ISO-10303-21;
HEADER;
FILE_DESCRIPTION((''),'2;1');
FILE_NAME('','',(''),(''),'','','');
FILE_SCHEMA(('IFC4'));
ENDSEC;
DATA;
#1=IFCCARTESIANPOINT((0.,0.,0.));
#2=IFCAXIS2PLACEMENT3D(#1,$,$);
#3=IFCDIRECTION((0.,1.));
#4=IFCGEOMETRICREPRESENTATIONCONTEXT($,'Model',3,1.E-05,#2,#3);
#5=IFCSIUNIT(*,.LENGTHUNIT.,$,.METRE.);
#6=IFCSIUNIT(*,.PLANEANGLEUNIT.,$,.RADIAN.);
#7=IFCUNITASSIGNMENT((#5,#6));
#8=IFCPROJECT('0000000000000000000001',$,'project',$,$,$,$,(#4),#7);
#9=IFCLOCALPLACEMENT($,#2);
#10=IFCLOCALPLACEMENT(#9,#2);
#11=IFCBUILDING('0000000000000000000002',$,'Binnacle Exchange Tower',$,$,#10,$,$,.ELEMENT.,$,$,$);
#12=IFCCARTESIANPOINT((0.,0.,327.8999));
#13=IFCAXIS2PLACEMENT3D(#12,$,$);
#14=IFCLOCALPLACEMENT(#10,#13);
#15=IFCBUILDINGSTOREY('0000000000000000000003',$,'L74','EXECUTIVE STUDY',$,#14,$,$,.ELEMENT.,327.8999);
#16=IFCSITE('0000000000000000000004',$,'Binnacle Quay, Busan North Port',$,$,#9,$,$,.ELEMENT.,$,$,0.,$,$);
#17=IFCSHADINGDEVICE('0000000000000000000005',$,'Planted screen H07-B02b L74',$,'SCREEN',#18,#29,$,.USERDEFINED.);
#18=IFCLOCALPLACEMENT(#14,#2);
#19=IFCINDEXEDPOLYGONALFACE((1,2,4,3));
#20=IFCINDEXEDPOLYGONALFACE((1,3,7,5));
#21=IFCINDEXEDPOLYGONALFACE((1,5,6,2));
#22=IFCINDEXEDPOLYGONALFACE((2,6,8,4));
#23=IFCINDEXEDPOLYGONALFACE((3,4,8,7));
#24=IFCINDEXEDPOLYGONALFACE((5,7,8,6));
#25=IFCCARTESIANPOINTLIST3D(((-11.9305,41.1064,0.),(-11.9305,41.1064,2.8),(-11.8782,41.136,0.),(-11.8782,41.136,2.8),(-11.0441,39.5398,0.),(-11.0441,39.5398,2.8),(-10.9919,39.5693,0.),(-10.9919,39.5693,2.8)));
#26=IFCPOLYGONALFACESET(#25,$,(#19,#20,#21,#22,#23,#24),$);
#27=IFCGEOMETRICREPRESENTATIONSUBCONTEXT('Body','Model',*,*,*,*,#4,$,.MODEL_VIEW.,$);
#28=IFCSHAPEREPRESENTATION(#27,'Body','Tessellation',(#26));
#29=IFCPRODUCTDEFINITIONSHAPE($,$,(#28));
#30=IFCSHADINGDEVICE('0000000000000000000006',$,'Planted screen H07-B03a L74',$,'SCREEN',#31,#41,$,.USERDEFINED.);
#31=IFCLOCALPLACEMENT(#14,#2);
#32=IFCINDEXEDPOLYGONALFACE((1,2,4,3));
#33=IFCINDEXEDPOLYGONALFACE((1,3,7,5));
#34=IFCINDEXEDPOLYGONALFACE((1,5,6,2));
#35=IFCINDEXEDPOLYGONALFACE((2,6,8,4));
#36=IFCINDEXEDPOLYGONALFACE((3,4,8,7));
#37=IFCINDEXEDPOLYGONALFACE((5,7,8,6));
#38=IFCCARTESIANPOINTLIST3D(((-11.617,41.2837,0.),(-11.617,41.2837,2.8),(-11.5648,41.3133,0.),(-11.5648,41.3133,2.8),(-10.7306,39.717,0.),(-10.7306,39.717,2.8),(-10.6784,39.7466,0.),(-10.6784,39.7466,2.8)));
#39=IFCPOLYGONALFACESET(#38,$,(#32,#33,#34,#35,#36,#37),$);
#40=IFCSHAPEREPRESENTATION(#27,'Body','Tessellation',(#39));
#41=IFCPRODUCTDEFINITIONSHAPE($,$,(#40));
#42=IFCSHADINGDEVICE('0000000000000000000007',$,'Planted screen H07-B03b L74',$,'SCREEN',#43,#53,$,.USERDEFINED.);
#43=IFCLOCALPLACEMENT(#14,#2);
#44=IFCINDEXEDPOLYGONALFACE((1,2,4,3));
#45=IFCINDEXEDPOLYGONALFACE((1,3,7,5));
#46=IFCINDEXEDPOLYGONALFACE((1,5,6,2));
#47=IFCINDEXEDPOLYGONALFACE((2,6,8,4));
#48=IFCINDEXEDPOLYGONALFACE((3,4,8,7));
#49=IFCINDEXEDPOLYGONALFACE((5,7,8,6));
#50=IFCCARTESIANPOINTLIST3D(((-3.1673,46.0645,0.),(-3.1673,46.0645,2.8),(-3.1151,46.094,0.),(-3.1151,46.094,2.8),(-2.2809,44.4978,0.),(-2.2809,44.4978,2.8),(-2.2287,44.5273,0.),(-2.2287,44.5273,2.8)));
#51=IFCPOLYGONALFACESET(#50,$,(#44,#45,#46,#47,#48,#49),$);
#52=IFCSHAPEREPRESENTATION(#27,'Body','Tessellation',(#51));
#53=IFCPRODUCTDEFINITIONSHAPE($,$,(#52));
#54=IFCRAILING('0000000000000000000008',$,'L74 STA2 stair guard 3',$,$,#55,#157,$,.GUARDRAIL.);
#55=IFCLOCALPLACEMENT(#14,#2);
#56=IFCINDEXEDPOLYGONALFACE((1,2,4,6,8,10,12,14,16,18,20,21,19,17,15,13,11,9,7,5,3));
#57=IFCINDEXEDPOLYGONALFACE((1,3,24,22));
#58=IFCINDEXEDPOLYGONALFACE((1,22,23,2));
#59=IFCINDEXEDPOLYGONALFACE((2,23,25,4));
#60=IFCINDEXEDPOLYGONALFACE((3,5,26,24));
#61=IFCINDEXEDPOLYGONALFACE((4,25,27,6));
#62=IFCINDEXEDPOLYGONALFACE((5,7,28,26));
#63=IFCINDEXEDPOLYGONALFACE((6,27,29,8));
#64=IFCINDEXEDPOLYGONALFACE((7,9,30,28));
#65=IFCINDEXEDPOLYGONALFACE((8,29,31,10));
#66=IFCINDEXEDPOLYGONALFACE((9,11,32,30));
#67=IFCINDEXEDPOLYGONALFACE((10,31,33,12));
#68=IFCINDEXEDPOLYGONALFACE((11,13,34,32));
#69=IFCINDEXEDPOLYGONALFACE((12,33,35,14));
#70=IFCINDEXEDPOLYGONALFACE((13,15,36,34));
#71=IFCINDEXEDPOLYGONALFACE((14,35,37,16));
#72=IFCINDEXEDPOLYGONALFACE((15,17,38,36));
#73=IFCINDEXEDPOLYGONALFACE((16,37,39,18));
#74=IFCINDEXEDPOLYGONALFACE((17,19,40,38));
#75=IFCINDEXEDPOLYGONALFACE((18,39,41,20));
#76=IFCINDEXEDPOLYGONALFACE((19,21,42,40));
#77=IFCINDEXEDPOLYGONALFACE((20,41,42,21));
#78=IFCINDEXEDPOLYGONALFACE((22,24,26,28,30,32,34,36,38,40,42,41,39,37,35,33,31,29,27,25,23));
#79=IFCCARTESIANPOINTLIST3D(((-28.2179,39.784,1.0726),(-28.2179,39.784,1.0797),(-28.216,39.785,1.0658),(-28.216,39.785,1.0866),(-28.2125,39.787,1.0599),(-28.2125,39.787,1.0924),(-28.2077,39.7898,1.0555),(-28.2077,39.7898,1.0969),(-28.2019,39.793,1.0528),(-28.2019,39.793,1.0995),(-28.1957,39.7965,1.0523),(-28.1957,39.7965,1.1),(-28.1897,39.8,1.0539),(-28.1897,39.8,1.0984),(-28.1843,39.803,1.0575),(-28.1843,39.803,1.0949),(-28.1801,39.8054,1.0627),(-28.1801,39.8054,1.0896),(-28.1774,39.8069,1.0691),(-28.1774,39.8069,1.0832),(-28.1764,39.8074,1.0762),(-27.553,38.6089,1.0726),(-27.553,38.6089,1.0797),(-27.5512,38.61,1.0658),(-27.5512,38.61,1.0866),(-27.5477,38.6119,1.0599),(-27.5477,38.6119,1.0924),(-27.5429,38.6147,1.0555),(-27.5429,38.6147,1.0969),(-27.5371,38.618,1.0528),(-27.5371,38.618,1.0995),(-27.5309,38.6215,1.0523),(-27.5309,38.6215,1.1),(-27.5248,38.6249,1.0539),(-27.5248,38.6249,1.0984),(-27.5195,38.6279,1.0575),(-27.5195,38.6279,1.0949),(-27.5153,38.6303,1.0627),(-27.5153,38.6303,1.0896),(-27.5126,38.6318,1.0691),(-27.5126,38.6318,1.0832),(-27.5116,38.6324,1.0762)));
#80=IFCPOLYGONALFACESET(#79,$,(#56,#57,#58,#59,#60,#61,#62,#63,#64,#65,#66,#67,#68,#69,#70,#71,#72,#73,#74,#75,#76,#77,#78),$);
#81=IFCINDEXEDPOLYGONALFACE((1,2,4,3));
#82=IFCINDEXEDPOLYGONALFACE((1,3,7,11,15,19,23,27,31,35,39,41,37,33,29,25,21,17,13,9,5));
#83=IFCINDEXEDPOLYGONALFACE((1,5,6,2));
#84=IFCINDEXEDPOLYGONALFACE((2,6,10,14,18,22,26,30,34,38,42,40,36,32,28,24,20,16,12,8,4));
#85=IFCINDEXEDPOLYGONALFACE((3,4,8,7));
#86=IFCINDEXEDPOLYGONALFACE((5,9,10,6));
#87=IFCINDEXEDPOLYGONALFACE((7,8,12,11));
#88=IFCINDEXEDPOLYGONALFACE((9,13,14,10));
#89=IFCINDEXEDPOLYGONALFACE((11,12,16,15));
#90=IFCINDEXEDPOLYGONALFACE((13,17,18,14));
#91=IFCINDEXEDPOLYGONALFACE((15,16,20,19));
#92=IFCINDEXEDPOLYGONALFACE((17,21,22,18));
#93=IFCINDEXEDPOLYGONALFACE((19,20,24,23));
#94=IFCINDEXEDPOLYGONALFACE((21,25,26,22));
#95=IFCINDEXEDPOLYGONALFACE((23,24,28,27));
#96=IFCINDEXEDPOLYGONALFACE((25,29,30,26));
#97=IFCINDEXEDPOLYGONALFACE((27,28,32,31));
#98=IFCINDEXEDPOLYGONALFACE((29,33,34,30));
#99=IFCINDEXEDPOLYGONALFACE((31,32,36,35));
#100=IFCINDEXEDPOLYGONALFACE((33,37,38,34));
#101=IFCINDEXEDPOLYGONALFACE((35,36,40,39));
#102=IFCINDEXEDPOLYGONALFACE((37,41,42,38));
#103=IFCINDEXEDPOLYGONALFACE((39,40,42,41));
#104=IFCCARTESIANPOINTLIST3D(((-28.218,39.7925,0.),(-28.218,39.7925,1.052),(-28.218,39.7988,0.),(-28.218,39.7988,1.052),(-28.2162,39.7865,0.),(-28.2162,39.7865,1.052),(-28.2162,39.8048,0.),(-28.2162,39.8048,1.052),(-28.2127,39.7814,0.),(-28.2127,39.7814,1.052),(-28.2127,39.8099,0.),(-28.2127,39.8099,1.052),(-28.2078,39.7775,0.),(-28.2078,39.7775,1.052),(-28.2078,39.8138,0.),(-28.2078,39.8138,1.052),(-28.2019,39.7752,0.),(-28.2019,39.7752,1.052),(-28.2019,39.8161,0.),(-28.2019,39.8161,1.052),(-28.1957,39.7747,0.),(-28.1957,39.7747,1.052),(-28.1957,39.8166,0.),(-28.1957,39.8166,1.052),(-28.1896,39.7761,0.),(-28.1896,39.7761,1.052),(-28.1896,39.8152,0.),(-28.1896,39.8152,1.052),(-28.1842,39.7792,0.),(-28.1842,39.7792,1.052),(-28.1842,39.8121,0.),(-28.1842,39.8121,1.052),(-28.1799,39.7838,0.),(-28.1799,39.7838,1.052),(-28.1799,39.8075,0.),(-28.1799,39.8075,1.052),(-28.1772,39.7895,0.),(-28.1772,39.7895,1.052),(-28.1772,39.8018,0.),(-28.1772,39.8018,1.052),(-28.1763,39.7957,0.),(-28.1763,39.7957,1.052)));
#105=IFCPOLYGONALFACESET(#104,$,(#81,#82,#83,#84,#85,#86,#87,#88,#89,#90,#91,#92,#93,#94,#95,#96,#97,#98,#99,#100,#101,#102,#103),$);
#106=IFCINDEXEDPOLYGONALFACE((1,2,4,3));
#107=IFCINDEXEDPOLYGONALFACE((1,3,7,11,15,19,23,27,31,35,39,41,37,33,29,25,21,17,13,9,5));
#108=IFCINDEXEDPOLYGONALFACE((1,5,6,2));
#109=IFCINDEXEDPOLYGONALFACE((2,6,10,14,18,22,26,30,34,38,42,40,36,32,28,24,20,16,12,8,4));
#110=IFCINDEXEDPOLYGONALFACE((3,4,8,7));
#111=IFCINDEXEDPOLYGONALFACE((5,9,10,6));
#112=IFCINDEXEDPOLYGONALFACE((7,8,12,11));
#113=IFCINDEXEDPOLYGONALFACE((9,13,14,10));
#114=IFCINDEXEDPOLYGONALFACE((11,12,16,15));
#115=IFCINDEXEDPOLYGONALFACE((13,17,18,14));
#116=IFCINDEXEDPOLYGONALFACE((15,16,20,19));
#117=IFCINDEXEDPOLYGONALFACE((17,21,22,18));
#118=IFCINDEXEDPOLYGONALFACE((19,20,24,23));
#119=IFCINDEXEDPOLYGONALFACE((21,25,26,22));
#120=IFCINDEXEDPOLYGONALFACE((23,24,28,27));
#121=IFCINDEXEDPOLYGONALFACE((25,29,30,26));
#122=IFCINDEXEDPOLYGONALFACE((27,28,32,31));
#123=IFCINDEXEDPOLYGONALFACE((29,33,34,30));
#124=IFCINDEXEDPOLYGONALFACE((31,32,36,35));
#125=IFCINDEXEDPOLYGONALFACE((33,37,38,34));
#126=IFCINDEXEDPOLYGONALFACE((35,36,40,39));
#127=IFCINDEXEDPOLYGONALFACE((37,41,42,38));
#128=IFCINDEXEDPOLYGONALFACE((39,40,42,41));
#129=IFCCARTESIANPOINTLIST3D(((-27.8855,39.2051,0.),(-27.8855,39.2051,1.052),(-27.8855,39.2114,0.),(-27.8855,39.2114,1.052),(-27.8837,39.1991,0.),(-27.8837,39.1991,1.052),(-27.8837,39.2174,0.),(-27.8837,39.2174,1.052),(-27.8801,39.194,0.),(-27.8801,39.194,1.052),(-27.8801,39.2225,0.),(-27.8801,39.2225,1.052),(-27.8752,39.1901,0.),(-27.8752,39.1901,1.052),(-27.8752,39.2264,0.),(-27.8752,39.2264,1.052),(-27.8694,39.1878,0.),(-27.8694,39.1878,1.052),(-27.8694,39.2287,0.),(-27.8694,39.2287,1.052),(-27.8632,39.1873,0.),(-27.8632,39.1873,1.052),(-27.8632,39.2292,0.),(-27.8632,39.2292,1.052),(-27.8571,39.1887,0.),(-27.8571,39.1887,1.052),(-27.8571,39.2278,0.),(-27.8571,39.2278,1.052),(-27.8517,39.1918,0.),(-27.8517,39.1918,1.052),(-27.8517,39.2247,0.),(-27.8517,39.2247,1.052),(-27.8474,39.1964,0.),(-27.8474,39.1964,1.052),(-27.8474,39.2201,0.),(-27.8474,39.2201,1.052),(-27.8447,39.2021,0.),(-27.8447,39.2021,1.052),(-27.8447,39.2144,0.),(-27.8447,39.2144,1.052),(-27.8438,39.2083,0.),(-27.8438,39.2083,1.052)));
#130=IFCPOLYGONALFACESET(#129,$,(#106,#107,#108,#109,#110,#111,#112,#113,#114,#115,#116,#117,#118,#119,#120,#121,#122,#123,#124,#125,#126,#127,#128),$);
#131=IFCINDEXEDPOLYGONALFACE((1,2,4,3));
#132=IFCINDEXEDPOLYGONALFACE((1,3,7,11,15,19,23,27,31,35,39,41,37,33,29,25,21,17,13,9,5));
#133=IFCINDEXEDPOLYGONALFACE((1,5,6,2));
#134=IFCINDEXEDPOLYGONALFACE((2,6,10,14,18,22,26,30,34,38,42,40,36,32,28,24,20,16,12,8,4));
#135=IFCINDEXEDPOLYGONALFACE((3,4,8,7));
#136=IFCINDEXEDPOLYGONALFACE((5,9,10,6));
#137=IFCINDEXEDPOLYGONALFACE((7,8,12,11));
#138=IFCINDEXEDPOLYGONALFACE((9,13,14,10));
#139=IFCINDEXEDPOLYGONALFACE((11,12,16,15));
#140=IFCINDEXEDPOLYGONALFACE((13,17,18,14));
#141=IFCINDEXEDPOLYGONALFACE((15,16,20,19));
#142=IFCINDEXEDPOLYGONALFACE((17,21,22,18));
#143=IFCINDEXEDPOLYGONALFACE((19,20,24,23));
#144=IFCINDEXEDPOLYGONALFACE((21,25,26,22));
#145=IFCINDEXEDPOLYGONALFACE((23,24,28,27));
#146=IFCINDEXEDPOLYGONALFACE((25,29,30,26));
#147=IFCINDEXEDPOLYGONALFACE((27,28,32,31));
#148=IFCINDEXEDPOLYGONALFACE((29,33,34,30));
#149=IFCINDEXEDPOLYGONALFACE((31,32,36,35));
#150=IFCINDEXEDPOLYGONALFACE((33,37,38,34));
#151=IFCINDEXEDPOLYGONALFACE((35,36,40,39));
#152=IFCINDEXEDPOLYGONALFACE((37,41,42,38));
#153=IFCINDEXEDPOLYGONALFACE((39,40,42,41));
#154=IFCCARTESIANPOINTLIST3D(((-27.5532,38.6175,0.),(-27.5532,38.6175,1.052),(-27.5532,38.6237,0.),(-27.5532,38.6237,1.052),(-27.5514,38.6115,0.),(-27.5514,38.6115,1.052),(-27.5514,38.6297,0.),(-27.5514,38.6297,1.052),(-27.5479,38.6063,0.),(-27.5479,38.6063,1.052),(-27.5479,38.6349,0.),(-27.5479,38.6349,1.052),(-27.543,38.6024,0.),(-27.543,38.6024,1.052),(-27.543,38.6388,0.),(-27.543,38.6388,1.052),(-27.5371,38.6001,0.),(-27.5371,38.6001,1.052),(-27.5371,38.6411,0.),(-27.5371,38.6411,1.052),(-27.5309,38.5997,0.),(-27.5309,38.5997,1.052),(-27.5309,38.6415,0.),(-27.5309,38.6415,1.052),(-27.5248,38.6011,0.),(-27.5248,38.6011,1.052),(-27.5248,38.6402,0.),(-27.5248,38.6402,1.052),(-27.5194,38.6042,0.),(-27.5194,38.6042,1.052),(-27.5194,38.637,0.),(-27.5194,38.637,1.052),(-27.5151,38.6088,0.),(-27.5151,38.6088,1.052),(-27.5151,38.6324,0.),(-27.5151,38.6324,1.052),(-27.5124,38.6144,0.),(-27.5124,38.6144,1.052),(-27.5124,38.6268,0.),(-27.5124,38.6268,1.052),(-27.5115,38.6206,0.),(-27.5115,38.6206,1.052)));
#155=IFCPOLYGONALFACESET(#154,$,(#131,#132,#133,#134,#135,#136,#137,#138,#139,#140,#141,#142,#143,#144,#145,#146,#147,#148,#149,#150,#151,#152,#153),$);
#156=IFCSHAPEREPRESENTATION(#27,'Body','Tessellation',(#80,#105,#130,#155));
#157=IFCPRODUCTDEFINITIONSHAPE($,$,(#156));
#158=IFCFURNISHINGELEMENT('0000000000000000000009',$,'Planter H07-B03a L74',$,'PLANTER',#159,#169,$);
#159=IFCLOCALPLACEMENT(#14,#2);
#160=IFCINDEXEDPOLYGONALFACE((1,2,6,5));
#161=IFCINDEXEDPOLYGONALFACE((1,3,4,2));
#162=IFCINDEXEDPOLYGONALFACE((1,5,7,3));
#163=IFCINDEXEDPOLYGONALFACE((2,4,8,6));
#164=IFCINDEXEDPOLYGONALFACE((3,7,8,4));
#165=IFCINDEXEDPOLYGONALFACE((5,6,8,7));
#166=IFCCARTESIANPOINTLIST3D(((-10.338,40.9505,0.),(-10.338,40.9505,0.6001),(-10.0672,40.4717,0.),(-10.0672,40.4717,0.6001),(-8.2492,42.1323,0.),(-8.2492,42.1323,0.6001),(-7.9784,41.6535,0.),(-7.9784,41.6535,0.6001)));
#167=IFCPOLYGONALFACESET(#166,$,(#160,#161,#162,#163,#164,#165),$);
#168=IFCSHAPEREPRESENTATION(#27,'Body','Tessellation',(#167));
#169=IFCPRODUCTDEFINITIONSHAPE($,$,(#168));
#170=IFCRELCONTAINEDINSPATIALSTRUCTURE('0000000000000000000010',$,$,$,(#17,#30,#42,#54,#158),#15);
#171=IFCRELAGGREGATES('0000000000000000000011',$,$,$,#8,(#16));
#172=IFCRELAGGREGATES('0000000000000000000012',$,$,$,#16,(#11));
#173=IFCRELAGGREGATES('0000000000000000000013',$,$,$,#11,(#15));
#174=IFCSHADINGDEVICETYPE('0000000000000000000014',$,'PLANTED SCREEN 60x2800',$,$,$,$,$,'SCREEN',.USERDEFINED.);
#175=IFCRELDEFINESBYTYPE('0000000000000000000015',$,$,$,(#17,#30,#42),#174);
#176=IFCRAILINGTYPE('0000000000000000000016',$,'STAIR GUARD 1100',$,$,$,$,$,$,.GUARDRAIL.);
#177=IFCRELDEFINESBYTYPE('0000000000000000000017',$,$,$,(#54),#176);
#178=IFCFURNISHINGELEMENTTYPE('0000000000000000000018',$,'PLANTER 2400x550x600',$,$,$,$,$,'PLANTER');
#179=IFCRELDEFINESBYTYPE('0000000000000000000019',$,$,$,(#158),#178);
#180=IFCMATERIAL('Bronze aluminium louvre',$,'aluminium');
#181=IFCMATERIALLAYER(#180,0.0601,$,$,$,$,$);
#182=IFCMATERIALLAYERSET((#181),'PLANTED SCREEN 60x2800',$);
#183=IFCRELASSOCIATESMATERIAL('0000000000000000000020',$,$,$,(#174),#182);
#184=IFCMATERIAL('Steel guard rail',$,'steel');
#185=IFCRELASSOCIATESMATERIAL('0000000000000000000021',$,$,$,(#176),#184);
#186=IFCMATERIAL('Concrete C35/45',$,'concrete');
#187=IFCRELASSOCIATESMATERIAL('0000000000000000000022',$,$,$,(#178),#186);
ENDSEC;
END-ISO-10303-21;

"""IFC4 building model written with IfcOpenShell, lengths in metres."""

from ifc_helpers import new_model, si_unit, direction, frame, origin, origin_2d, place, context, subcontext, project, spatial, rectangle, circle, extrude, material, layer, layer_set, type_object, element, save


model = new_model("IFC4")

# Units and contexts
model_context = context("Model", 3, precision=1e-05, world=origin(), true_north=direction((0.0, 1.0)))
body_context = subcontext(model_context, "Body", "Model", "MODEL_VIEW")
ifc_project = project(units=[si_unit("LENGTHUNIT", "METRE"), si_unit("PLANEANGLEUNIT", "RADIAN")], contexts=[model_context])

# Site, building, storey
site_placement = place(None, origin())
site = spatial("IfcSite", under=ifc_project, at=site_placement, Name="Binnacle Quay, Busan North Port", CompositionType="ELEMENT", RefElevation=0.0)
building_placement = place(site_placement, origin())
building = spatial("IfcBuilding", under=site, at=building_placement, Name="Binnacle Exchange Tower", CompositionType="ELEMENT")
storey_placement = place(building_placement, frame((0.0, 0.0, 327.8999)))
storey = spatial("IfcBuildingStorey", under=building, at=storey_placement, Name="L74", Description="EXECUTIVE STUDY", CompositionType="ELEMENT", Elevation=327.8999)

# Shared definitions
ifc_material_1 = material(Name="Concrete C35/45", Category="concrete")

# Shading devices
ifc_material_2 = material(Name="Bronze aluminium louvre", Category="aluminium")
ifc_layer_1 = layer(ifc_material_2, 0.0601)
ifc_layer_set_1 = layer_set([ifc_layer_1], Name="PLANTED SCREEN 60x2800")
shading_device_type = type_object("IfcShadingDeviceType", Name="PLANTED SCREEN 60x2800", ElementType="SCREEN", PredefinedType="USERDEFINED", material=ifc_layer_set_1)
for number, where, z_axis, x_axis, name in (
    (1, (-11.4612, 40.3379, 0.0), (0.0, 0.0, 1.0), (0.870356, 0.492424, 0.0), "Planted screen H07-B02b L74"),
    (2, (-11.1477, 40.5151, 0.0), (0.0, 0.0, 1.0), (0.870356, 0.492424, 0.0), "Planted screen H07-B03a L74"),
    (3, (-2.698, 45.2959, 0.0), (0.0, 0.0, 1.0), (0.870356, 0.492424, 0.0), "Planted screen H07-B03b L74"),
):
    element("IfcShadingDevice", number, at=place(storey_placement, frame(where, z_axis=z_axis, x_axis=x_axis)), inside=storey, type_object=shading_device_type, Name=name, ObjectType="SCREEN", PredefinedType="USERDEFINED", context=body_context, shape_type="SweptSolid", body=[
        extrude(rectangle(XDim=0.0601, YDim=1.8, at=origin_2d()), origin(), (0.0, 0.0, 1.0), 2.8),
    ])

# Railing
ifc_material_3 = material(Name="Steel guard rail", Category="steel")
railing_type_1 = type_object("IfcRailingType", Name="STAIR GUARD 1100", PredefinedType="GUARDRAIL", material=ifc_material_3)
railing_1_placement = place(storey_placement, frame((-28.1973, 39.7957, 0.0)))
element("IfcRailing", 4, at=railing_1_placement, inside=storey, type_object=railing_type_1, Name="L74 STA2 stair guard 3", PredefinedType="GUARDRAIL", context=body_context, shape_type="SweptSolid", body=[
    extrude(circle(Radius=0.0239, at=origin_2d()), frame((0.0, 0.0, 1.0762), z_axis=(0.492415, -0.870361, 0.0), x_axis=(0.870361, 0.492415, 0.0)), (0.0, 0.0, 1.0), 1.3501),
    extrude(circle(Radius=0.021, at=origin_2d()), origin(), (0.0, 0.0, 1.0), 1.052),
    extrude(circle(Radius=0.021, at=origin_2d()), frame((0.3325, -0.5874, 0.0)), (0.0, 0.0, 1.0), 1.052),
    extrude(circle(Radius=0.021, at=origin_2d()), frame((0.6648, -1.175, 0.0)), (0.0, 0.0, 1.0), 1.052),
])

# Furnishing element
furnishing_element_type = type_object("IfcFurnishingElementType", Name="PLANTER 2400x550x600", ElementType="PLANTER", material=ifc_material_1)
furnishing_placement = place(storey_placement, frame((-9.1582, 41.302, 0.0), z_axis=(0.0, 0.0, 1.0), x_axis=(0.870356, 0.492424, 0.0)))
element("IfcFurnishingElement", 5, at=furnishing_placement, inside=storey, type_object=furnishing_element_type, Name="Planter H07-B03a L74", ObjectType="PLANTER", context=body_context, shape_type="SweptSolid", body=[
    extrude(rectangle(XDim=2.3999, YDim=0.55, at=origin_2d()), origin(), (0.0, 0.0, 1.0), 0.6001),
])

save(model, "model.ifc")
